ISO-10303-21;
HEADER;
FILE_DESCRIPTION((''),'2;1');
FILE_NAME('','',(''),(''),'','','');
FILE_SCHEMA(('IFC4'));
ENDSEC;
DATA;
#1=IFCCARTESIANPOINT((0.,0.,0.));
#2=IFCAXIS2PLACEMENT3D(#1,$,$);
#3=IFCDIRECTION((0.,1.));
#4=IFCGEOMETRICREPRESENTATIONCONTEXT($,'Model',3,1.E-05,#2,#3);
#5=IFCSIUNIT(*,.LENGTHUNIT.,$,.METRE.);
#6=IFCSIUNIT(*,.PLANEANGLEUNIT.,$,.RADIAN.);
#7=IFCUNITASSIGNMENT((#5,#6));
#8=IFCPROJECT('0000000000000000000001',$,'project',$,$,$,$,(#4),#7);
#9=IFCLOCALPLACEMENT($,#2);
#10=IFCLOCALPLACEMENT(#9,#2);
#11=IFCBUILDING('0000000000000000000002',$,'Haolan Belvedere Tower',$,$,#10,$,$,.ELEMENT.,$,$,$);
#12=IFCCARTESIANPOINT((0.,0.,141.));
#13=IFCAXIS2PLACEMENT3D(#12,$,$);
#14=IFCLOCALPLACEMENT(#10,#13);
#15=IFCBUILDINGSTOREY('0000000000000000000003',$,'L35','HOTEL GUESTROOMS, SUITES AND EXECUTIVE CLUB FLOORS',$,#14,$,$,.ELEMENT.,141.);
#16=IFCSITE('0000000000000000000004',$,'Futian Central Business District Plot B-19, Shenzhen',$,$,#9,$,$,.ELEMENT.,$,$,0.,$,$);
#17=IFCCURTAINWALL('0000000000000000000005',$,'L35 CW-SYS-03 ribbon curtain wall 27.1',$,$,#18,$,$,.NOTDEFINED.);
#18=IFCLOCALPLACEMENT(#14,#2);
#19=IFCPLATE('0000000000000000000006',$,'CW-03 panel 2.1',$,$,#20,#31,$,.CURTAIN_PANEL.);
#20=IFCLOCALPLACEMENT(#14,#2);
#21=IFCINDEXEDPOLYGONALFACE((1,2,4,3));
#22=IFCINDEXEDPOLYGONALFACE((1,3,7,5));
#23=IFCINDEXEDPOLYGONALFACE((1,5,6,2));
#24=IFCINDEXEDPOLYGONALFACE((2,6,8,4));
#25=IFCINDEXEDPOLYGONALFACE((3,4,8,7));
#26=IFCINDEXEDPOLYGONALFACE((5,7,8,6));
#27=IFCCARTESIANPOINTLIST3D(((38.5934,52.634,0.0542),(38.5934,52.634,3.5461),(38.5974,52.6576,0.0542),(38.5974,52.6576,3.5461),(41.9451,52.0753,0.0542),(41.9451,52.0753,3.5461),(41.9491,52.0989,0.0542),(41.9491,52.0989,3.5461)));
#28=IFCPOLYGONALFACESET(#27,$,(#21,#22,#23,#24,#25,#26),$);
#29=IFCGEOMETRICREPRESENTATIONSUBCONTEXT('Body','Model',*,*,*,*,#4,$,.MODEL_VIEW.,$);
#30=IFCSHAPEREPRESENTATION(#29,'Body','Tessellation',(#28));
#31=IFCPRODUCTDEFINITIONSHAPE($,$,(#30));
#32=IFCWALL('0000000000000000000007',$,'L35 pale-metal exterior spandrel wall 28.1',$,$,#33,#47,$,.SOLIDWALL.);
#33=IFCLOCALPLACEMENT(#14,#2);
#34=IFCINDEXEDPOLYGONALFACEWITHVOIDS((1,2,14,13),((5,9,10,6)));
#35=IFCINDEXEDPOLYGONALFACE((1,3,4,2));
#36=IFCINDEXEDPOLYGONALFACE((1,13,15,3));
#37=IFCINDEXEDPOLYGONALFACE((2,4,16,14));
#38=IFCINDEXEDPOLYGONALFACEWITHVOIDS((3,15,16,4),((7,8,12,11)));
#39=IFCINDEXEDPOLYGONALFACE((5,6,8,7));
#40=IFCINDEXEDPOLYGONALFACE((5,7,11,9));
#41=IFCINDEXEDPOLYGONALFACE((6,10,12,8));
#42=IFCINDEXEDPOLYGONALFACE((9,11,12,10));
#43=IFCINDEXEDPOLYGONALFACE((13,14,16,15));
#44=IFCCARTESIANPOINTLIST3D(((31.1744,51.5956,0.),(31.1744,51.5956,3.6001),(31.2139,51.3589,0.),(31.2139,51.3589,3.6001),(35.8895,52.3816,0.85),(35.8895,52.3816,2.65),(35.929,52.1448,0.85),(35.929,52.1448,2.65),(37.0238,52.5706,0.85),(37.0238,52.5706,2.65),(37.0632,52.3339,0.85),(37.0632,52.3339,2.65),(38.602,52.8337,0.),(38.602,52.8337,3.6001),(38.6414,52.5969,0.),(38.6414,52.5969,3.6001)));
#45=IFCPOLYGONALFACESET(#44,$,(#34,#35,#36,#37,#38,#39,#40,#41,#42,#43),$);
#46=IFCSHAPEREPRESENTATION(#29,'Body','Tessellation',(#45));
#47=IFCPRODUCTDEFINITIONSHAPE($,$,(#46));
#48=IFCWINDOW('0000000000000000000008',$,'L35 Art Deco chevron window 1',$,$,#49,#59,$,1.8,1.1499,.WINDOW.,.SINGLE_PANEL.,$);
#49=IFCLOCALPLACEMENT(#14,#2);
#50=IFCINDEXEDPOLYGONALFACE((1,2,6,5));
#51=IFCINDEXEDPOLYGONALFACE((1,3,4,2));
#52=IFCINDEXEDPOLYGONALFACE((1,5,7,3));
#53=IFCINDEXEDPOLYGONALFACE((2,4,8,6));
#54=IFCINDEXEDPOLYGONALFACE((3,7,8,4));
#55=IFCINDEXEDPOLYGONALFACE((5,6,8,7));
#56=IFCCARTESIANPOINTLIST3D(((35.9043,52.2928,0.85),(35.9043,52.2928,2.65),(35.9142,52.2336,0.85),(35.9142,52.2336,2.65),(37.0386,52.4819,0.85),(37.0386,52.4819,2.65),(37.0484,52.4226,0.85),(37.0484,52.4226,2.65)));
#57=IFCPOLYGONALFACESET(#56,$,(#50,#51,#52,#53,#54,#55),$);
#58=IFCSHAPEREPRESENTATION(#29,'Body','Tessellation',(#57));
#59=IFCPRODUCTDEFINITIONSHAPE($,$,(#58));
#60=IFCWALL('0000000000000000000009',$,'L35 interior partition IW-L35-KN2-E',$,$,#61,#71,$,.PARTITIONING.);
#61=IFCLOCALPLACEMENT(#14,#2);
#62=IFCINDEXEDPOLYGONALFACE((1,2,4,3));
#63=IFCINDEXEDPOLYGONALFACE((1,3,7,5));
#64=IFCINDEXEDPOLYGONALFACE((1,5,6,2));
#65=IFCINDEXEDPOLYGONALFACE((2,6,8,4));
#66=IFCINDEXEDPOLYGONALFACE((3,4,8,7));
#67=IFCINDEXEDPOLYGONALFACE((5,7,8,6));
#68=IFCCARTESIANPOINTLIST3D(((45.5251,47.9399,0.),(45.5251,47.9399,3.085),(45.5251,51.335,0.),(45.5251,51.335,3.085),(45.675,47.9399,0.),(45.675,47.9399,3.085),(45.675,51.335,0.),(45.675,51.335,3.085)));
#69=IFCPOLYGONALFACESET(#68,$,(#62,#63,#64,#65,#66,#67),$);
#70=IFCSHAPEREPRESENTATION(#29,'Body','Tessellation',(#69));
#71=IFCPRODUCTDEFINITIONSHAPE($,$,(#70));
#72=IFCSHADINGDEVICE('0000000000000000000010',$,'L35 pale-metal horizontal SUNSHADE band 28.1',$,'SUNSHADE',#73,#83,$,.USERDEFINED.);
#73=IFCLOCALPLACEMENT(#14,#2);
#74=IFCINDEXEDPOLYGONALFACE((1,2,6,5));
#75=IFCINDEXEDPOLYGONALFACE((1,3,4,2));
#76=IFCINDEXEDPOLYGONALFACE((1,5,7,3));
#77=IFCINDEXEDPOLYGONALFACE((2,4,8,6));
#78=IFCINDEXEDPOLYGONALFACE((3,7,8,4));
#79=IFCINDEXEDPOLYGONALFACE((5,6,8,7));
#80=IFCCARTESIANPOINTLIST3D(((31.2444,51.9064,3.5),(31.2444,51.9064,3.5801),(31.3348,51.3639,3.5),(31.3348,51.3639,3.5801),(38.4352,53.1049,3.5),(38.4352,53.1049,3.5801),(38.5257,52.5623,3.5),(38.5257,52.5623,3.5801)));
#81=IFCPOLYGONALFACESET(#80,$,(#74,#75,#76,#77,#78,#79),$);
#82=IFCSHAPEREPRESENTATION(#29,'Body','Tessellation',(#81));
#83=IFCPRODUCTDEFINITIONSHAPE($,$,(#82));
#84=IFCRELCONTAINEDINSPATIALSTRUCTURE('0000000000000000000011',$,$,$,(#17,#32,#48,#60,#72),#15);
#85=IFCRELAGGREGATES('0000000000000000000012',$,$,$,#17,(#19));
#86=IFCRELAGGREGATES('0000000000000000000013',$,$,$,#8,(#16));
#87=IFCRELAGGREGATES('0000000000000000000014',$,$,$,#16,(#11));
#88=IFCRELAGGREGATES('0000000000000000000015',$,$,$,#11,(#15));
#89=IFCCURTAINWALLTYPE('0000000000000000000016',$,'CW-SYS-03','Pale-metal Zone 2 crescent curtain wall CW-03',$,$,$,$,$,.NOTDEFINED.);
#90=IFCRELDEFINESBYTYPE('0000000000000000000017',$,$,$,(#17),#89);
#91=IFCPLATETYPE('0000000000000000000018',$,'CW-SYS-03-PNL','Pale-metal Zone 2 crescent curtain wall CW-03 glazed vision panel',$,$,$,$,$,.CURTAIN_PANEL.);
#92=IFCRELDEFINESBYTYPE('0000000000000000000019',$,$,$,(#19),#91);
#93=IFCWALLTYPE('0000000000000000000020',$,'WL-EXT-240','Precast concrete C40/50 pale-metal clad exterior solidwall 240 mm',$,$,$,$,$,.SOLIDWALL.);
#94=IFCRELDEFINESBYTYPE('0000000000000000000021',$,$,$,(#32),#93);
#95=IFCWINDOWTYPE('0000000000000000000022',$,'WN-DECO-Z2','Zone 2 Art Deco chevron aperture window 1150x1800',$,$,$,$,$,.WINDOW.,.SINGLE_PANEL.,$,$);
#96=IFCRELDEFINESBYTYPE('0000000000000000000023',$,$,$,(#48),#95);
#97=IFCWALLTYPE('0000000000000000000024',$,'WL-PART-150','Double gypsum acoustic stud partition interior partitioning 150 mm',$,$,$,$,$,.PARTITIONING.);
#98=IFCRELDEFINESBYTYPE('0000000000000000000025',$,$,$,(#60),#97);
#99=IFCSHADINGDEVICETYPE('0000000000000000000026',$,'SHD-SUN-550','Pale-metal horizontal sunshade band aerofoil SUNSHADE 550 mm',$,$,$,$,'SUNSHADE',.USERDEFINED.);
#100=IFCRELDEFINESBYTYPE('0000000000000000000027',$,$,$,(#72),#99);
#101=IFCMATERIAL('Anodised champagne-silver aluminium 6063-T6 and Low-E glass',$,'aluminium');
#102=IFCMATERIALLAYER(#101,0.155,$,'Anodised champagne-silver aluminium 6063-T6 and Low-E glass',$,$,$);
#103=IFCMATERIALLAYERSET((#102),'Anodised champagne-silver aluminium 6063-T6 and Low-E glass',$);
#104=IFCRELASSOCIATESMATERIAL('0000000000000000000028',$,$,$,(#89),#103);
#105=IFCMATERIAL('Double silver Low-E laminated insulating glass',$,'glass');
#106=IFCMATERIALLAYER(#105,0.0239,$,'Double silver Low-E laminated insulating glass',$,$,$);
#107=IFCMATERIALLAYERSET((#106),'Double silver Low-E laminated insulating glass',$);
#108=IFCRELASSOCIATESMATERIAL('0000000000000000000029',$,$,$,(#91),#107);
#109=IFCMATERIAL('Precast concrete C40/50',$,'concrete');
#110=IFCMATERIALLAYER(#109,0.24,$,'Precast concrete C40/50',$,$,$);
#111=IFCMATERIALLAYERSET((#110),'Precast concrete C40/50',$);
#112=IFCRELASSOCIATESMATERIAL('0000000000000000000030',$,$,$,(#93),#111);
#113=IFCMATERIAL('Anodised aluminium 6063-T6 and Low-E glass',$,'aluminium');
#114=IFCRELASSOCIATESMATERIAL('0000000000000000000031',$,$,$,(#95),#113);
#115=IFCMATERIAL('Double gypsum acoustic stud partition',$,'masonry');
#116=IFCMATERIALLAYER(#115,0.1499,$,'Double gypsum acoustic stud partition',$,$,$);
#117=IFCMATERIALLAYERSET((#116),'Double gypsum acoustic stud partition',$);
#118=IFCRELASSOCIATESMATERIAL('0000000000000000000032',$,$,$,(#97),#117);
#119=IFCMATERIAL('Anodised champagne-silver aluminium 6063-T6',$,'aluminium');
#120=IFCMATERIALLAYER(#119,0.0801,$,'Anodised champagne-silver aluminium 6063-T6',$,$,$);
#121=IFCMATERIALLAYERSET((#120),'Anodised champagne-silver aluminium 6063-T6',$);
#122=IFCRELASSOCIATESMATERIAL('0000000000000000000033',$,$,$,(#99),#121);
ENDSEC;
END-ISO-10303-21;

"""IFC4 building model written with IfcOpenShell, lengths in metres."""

from ifc_helpers import new_model, si_unit, direction, frame, frame_2d, origin, origin_2d, place, context, subcontext, project, spatial, rectangle, extrude, material, layer, layer_set, type_object, element, fill, aggregate, save


model = new_model("IFC4")

# Units and contexts
model_context = context("Model", 3, precision=1e-05, world=origin(), true_north=direction((0.0, 1.0)))
body_context = subcontext(model_context, "Body", "Model", "MODEL_VIEW")
ifc_project = project(units=[si_unit("LENGTHUNIT", "METRE"), si_unit("PLANEANGLEUNIT", "RADIAN")], contexts=[model_context])

# Site, building, storey
site_placement = place(None, origin())
site = spatial("IfcSite", under=ifc_project, at=site_placement, Name="Futian Central Business District Plot B-19, Shenzhen", CompositionType="ELEMENT", RefElevation=0.0)
building_placement = place(site_placement, origin())
building = spatial("IfcBuilding", under=site, at=building_placement, Name="Haolan Belvedere Tower", CompositionType="ELEMENT")
storey_placement = place(building_placement, frame((0.0, 0.0, 141.0)))
storey = spatial("IfcBuildingStorey", under=building, at=storey_placement, Name="L35", Description="HOTEL GUESTROOMS, SUITES AND EXECUTIVE CLUB FLOORS", CompositionType="ELEMENT", Elevation=141.0)

# Shared definitions
ifc_material_1 = material(Name="Anodised champagne-silver aluminium 6063-T6 and Low-E glass", Category="aluminium")
ifc_layer_1 = layer(ifc_material_1, 0.155, Name="Anodised champagne-silver aluminium 6063-T6 and Low-E glass")
ifc_layer_set_1 = layer_set([ifc_layer_1], Name="Anodised champagne-silver aluminium 6063-T6 and Low-E glass")
curtain_wall_type = type_object("IfcCurtainWallType", Name="CW-SYS-03", Description="Pale-metal Zone 2 crescent curtain wall CW-03", PredefinedType="NOTDEFINED", material=ifc_layer_set_1)

# Curtain wall, plate
curtain_wall_1_placement = place(storey_placement, origin())
curtain_wall_1 = element("IfcCurtainWall", 1, at=curtain_wall_1_placement, inside=storey, type_object=curtain_wall_type, Name="L35 CW-SYS-03 ribbon curtain wall 27.1", PredefinedType="NOTDEFINED")
ifc_material_2 = material(Name="Double silver Low-E laminated insulating glass", Category="glass")
ifc_layer_2 = layer(ifc_material_2, 0.0239, Name="Double silver Low-E laminated insulating glass")
ifc_layer_set_2 = layer_set([ifc_layer_2], Name="Double silver Low-E laminated insulating glass")
plate_type = type_object("IfcPlateType", Name="CW-SYS-03-PNL", Description="Pale-metal Zone 2 crescent curtain wall CW-03 glazed vision panel", PredefinedType="CURTAIN_PANEL", material=ifc_layer_set_2)
plate_1_placement = place(storey_placement, frame((40.2712, 52.3665, 0.0542), z_axis=(0.0, 0.0, 1.0), x_axis=(-0.986393, 0.164404, 0.0)))
plate_1 = element("IfcPlate", 2, at=plate_1_placement, type_object=plate_type, Name="CW-03 panel 2.1", PredefinedType="CURTAIN_PANEL", context=body_context, shape_type="SweptSolid", body=[
    extrude(rectangle(XDim=3.3979, YDim=0.0239, at=origin_2d()), origin(), (0.0, 0.0, 1.0), 3.4919),
])
aggregate(curtain_wall_1, [plate_1])

# Wall, opening, window
ifc_material_3 = material(Name="Precast concrete C40/50", Category="concrete")
ifc_layer_3 = layer(ifc_material_3, 0.24, Name="Precast concrete C40/50")
ifc_layer_set_3 = layer_set([ifc_layer_3], Name="Precast concrete C40/50")
wall_type_1 = type_object("IfcWallType", Name="WL-EXT-240", Description="Precast concrete C40/50 pale-metal clad exterior solidwall 240 mm", PredefinedType="SOLIDWALL", material=ifc_layer_set_3)
wall_1_placement = place(storey_placement, frame((38.6218, 52.7153, 0.0), z_axis=(0.0, 0.0, 1.0), x_axis=(-0.986391, -0.164415, 0.0)))
wall_1 = element("IfcWall", 3, at=wall_1_placement, inside=storey, type_object=wall_type_1, Name="L35 pale-metal exterior spandrel wall 28.1", PredefinedType="SOLIDWALL", context=body_context, shape_type="SweptSolid", body=[
    extrude(rectangle(XDim=7.53, YDim=0.24, at=frame_2d((3.7651, 0.0))), origin(), (0.0, 0.0, 1.0), 3.6001),
])
opening_1_placement = place(wall_1_placement, frame((1.6001, 0.0, 0.8501)))
opening_1 = element("IfcOpeningElement", 4, at=opening_1_placement, cuts=wall_1, PredefinedType="OPENING", context=body_context, shape_type="SweptSolid", body=[
    extrude(rectangle(XDim=1.1499, YDim=1.8, at=frame_2d((0.575, 0.8999))), frame((0.0, 0.1299, 0.0), z_axis=(0.0, -1.0, 0.0), x_axis=(1.0, 0.0, 0.0)), (0.0, 0.0, 1.0), 0.26),
])
ifc_material_4 = material(Name="Anodised aluminium 6063-T6 and Low-E glass", Category="aluminium")
window_type = type_object("IfcWindowType", Name="WN-DECO-Z2", Description="Zone 2 Art Deco chevron aperture window 1150x1800", PartitioningType="SINGLE_PANEL", PredefinedType="WINDOW", material=ifc_material_4)
window_placement = place(opening_1_placement, origin())
window = element("IfcWindow", 5, at=window_placement, inside=storey, type_object=window_type, Name="L35 Art Deco chevron window 1", OverallHeight=1.8, OverallWidth=1.1499, PartitioningType="SINGLE_PANEL", PredefinedType="WINDOW", context=body_context, shape_type="SweptSolid", body=[
    extrude(rectangle(XDim=1.1499, YDim=1.8, at=frame_2d((0.575, 0.8999))), frame((0.0, 0.03, 0.0), z_axis=(0.0, -1.0, 0.0), x_axis=(1.0, 0.0, 0.0)), (0.0, 0.0, 1.0), 0.0601),
])
fill(opening_1, window)

# Wall
ifc_material_5 = material(Name="Double gypsum acoustic stud partition", Category="masonry")
ifc_layer_4 = layer(ifc_material_5, 0.1499, Name="Double gypsum acoustic stud partition")
ifc_layer_set_4 = layer_set([ifc_layer_4], Name="Double gypsum acoustic stud partition")
wall_type_2 = type_object("IfcWallType", Name="WL-PART-150", Description="Double gypsum acoustic stud partition interior partitioning 150 mm", PredefinedType="PARTITIONING", material=ifc_layer_set_4)
wall_2_placement = place(storey_placement, frame((45.6001, 47.9399, 0.0), z_axis=(0.0, 0.0, 1.0), x_axis=(0.0, 1.0, 0.0)))
element("IfcWall", 6, at=wall_2_placement, inside=storey, type_object=wall_type_2, Name="L35 interior partition IW-L35-KN2-E", PredefinedType="PARTITIONING", context=body_context, shape_type="SweptSolid", body=[
    extrude(rectangle(XDim=3.395, YDim=0.1499, at=frame_2d((1.6975, 0.0))), origin(), (0.0, 0.0, 1.0), 3.085),
])

# Shading device
ifc_material_6 = material(Name="Anodised champagne-silver aluminium 6063-T6", Category="aluminium")
ifc_layer_5 = layer(ifc_material_6, 0.0801, Name="Anodised champagne-silver aluminium 6063-T6")
ifc_layer_set_5 = layer_set([ifc_layer_5], Name="Anodised champagne-silver aluminium 6063-T6")
shading_device_type = type_object("IfcShadingDeviceType", Name="SHD-SUN-550", Description="Pale-metal horizontal sunshade band aerofoil SUNSHADE 550 mm", ElementType="SUNSHADE", PredefinedType="USERDEFINED", material=ifc_layer_set_5)
shading_device_placement = place(storey_placement, frame((34.885, 52.2344, 3.5), z_axis=(0.0, 0.0, 1.0), x_axis=(-0.986395, -0.164393, 0.0)))
element("IfcShadingDevice", 7, at=shading_device_placement, inside=storey, type_object=shading_device_type, Name="L35 pale-metal horizontal SUNSHADE band 28.1", ObjectType="SUNSHADE", PredefinedType="USERDEFINED", context=body_context, shape_type="SweptSolid", body=[
    extrude(rectangle(XDim=7.29, YDim=0.55, at=origin_2d()), origin(), (0.0, 0.0, 1.0), 0.0801),
])

save(model, "model.ifc")
